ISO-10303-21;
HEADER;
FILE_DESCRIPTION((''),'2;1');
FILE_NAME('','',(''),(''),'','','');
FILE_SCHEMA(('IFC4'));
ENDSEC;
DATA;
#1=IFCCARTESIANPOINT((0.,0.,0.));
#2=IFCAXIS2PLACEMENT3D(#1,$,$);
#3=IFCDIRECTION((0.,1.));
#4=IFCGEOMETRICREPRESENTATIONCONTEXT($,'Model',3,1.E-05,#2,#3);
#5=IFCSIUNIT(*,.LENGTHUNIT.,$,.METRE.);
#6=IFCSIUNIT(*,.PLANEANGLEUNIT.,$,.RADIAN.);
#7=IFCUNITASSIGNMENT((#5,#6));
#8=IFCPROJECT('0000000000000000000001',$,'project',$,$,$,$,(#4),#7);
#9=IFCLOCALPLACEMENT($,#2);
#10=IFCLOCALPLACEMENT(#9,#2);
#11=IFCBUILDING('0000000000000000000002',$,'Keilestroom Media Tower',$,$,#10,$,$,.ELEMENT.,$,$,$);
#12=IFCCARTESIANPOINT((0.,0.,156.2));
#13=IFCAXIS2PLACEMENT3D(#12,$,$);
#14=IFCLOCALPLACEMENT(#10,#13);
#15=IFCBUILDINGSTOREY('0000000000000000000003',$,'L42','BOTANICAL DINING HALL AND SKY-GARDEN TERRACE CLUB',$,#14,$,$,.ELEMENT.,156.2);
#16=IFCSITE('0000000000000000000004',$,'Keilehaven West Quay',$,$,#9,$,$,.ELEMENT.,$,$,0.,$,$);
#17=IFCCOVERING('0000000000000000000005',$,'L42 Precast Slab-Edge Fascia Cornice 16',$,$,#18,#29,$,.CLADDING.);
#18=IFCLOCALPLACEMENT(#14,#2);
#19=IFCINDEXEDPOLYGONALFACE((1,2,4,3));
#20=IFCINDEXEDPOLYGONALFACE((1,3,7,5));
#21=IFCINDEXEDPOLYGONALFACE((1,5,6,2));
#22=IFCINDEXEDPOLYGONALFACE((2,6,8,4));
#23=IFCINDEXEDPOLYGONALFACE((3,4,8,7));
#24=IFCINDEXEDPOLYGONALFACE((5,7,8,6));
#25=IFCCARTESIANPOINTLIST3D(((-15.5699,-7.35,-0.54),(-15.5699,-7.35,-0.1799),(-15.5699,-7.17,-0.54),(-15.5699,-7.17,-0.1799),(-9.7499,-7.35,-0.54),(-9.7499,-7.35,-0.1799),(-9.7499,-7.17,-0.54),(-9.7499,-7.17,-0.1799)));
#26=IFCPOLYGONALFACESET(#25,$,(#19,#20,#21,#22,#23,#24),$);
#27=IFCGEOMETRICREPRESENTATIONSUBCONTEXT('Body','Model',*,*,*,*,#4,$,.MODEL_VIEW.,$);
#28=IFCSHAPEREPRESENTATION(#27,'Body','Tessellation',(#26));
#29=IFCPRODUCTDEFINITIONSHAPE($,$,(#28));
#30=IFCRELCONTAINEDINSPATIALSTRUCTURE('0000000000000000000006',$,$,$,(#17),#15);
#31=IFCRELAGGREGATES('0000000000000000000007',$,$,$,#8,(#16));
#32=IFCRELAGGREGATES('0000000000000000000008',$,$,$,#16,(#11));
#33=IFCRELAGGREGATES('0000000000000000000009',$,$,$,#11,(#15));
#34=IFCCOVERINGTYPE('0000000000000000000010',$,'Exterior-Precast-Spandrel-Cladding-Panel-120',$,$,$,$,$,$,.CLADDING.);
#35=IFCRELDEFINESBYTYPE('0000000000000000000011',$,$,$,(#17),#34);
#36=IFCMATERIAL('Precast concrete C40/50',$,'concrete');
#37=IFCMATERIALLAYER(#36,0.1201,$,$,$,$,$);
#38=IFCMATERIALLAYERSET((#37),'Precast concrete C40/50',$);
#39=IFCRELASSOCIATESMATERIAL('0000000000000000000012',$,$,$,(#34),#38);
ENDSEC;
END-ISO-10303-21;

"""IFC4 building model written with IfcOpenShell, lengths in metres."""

from ifc_helpers import new_model, si_unit, direction, frame, origin, origin_2d, place, context, subcontext, project, spatial, rectangle, extrude, source, transform, mapped, material, layer, layer_set, type_object, element, save


model = new_model("IFC4")

# Units and contexts
model_context = context("Model", 3, precision=1e-05, world=origin(), true_north=direction((0.0, 1.0)))
body_context = subcontext(model_context, "Body", "Model", "MODEL_VIEW")
ifc_project = project(units=[si_unit("LENGTHUNIT", "METRE"), si_unit("PLANEANGLEUNIT", "RADIAN")], contexts=[model_context])

# Site, building, storey
site_placement = place(None, origin())
site = spatial("IfcSite", under=ifc_project, at=site_placement, Name="Keilehaven West Quay", CompositionType="ELEMENT", RefElevation=0.0)
building_placement = place(site_placement, origin())
building = spatial("IfcBuilding", under=site, at=building_placement, Name="Keilestroom Media Tower", CompositionType="ELEMENT")
storey_placement = place(building_placement, frame((0.0, 0.0, 156.2)))
storey = spatial("IfcBuildingStorey", under=building, at=storey_placement, Name="L42", Description="BOTANICAL DINING HALL AND SKY-GARDEN TERRACE CLUB", CompositionType="ELEMENT", Elevation=156.2)

# Shared definitions
ifc_material_1 = material(Name="Precast concrete C40/50", Category="concrete")

# Covering
ifc_layer_1 = layer(ifc_material_1, 0.1201)
ifc_layer_set_1 = layer_set([ifc_layer_1], Name="Precast concrete C40/50")
covering_type = type_object("IfcCoveringType", Name="Exterior-Precast-Spandrel-Cladding-Panel-120", PredefinedType="CLADDING", material=ifc_layer_set_1)
shared_shape_1 = source(origin(), body_context, "Body", "SweptSolid", [
    extrude(rectangle(XDim=5.8201, YDim=0.1799, at=origin_2d()), origin(), (0.0, 0.0, 1.0), 0.3601),
])
covering_1_placement = place(storey_placement, frame((-12.6599, -7.26, -0.54), z_axis=(0.0, 0.0, 1.0), x_axis=(-1.0, 0.0, 0.0)))
element("IfcCovering", 1, at=covering_1_placement, inside=storey, type_object=covering_type, Name="L42 Precast Slab-Edge Fascia Cornice 16", PredefinedType="CLADDING", context=body_context, shape_type="MappedRepresentation", body=[
    mapped(shared_shape_1, transform((0.0, 0.0, 0.0), x_axis=(1.0, 0.0, 0.0), y_axis=(0.0, 1.0, 0.0), z_axis=(0.0, 0.0, 1.0), scale=1.0)),
])

save(model, "model.ifc")
